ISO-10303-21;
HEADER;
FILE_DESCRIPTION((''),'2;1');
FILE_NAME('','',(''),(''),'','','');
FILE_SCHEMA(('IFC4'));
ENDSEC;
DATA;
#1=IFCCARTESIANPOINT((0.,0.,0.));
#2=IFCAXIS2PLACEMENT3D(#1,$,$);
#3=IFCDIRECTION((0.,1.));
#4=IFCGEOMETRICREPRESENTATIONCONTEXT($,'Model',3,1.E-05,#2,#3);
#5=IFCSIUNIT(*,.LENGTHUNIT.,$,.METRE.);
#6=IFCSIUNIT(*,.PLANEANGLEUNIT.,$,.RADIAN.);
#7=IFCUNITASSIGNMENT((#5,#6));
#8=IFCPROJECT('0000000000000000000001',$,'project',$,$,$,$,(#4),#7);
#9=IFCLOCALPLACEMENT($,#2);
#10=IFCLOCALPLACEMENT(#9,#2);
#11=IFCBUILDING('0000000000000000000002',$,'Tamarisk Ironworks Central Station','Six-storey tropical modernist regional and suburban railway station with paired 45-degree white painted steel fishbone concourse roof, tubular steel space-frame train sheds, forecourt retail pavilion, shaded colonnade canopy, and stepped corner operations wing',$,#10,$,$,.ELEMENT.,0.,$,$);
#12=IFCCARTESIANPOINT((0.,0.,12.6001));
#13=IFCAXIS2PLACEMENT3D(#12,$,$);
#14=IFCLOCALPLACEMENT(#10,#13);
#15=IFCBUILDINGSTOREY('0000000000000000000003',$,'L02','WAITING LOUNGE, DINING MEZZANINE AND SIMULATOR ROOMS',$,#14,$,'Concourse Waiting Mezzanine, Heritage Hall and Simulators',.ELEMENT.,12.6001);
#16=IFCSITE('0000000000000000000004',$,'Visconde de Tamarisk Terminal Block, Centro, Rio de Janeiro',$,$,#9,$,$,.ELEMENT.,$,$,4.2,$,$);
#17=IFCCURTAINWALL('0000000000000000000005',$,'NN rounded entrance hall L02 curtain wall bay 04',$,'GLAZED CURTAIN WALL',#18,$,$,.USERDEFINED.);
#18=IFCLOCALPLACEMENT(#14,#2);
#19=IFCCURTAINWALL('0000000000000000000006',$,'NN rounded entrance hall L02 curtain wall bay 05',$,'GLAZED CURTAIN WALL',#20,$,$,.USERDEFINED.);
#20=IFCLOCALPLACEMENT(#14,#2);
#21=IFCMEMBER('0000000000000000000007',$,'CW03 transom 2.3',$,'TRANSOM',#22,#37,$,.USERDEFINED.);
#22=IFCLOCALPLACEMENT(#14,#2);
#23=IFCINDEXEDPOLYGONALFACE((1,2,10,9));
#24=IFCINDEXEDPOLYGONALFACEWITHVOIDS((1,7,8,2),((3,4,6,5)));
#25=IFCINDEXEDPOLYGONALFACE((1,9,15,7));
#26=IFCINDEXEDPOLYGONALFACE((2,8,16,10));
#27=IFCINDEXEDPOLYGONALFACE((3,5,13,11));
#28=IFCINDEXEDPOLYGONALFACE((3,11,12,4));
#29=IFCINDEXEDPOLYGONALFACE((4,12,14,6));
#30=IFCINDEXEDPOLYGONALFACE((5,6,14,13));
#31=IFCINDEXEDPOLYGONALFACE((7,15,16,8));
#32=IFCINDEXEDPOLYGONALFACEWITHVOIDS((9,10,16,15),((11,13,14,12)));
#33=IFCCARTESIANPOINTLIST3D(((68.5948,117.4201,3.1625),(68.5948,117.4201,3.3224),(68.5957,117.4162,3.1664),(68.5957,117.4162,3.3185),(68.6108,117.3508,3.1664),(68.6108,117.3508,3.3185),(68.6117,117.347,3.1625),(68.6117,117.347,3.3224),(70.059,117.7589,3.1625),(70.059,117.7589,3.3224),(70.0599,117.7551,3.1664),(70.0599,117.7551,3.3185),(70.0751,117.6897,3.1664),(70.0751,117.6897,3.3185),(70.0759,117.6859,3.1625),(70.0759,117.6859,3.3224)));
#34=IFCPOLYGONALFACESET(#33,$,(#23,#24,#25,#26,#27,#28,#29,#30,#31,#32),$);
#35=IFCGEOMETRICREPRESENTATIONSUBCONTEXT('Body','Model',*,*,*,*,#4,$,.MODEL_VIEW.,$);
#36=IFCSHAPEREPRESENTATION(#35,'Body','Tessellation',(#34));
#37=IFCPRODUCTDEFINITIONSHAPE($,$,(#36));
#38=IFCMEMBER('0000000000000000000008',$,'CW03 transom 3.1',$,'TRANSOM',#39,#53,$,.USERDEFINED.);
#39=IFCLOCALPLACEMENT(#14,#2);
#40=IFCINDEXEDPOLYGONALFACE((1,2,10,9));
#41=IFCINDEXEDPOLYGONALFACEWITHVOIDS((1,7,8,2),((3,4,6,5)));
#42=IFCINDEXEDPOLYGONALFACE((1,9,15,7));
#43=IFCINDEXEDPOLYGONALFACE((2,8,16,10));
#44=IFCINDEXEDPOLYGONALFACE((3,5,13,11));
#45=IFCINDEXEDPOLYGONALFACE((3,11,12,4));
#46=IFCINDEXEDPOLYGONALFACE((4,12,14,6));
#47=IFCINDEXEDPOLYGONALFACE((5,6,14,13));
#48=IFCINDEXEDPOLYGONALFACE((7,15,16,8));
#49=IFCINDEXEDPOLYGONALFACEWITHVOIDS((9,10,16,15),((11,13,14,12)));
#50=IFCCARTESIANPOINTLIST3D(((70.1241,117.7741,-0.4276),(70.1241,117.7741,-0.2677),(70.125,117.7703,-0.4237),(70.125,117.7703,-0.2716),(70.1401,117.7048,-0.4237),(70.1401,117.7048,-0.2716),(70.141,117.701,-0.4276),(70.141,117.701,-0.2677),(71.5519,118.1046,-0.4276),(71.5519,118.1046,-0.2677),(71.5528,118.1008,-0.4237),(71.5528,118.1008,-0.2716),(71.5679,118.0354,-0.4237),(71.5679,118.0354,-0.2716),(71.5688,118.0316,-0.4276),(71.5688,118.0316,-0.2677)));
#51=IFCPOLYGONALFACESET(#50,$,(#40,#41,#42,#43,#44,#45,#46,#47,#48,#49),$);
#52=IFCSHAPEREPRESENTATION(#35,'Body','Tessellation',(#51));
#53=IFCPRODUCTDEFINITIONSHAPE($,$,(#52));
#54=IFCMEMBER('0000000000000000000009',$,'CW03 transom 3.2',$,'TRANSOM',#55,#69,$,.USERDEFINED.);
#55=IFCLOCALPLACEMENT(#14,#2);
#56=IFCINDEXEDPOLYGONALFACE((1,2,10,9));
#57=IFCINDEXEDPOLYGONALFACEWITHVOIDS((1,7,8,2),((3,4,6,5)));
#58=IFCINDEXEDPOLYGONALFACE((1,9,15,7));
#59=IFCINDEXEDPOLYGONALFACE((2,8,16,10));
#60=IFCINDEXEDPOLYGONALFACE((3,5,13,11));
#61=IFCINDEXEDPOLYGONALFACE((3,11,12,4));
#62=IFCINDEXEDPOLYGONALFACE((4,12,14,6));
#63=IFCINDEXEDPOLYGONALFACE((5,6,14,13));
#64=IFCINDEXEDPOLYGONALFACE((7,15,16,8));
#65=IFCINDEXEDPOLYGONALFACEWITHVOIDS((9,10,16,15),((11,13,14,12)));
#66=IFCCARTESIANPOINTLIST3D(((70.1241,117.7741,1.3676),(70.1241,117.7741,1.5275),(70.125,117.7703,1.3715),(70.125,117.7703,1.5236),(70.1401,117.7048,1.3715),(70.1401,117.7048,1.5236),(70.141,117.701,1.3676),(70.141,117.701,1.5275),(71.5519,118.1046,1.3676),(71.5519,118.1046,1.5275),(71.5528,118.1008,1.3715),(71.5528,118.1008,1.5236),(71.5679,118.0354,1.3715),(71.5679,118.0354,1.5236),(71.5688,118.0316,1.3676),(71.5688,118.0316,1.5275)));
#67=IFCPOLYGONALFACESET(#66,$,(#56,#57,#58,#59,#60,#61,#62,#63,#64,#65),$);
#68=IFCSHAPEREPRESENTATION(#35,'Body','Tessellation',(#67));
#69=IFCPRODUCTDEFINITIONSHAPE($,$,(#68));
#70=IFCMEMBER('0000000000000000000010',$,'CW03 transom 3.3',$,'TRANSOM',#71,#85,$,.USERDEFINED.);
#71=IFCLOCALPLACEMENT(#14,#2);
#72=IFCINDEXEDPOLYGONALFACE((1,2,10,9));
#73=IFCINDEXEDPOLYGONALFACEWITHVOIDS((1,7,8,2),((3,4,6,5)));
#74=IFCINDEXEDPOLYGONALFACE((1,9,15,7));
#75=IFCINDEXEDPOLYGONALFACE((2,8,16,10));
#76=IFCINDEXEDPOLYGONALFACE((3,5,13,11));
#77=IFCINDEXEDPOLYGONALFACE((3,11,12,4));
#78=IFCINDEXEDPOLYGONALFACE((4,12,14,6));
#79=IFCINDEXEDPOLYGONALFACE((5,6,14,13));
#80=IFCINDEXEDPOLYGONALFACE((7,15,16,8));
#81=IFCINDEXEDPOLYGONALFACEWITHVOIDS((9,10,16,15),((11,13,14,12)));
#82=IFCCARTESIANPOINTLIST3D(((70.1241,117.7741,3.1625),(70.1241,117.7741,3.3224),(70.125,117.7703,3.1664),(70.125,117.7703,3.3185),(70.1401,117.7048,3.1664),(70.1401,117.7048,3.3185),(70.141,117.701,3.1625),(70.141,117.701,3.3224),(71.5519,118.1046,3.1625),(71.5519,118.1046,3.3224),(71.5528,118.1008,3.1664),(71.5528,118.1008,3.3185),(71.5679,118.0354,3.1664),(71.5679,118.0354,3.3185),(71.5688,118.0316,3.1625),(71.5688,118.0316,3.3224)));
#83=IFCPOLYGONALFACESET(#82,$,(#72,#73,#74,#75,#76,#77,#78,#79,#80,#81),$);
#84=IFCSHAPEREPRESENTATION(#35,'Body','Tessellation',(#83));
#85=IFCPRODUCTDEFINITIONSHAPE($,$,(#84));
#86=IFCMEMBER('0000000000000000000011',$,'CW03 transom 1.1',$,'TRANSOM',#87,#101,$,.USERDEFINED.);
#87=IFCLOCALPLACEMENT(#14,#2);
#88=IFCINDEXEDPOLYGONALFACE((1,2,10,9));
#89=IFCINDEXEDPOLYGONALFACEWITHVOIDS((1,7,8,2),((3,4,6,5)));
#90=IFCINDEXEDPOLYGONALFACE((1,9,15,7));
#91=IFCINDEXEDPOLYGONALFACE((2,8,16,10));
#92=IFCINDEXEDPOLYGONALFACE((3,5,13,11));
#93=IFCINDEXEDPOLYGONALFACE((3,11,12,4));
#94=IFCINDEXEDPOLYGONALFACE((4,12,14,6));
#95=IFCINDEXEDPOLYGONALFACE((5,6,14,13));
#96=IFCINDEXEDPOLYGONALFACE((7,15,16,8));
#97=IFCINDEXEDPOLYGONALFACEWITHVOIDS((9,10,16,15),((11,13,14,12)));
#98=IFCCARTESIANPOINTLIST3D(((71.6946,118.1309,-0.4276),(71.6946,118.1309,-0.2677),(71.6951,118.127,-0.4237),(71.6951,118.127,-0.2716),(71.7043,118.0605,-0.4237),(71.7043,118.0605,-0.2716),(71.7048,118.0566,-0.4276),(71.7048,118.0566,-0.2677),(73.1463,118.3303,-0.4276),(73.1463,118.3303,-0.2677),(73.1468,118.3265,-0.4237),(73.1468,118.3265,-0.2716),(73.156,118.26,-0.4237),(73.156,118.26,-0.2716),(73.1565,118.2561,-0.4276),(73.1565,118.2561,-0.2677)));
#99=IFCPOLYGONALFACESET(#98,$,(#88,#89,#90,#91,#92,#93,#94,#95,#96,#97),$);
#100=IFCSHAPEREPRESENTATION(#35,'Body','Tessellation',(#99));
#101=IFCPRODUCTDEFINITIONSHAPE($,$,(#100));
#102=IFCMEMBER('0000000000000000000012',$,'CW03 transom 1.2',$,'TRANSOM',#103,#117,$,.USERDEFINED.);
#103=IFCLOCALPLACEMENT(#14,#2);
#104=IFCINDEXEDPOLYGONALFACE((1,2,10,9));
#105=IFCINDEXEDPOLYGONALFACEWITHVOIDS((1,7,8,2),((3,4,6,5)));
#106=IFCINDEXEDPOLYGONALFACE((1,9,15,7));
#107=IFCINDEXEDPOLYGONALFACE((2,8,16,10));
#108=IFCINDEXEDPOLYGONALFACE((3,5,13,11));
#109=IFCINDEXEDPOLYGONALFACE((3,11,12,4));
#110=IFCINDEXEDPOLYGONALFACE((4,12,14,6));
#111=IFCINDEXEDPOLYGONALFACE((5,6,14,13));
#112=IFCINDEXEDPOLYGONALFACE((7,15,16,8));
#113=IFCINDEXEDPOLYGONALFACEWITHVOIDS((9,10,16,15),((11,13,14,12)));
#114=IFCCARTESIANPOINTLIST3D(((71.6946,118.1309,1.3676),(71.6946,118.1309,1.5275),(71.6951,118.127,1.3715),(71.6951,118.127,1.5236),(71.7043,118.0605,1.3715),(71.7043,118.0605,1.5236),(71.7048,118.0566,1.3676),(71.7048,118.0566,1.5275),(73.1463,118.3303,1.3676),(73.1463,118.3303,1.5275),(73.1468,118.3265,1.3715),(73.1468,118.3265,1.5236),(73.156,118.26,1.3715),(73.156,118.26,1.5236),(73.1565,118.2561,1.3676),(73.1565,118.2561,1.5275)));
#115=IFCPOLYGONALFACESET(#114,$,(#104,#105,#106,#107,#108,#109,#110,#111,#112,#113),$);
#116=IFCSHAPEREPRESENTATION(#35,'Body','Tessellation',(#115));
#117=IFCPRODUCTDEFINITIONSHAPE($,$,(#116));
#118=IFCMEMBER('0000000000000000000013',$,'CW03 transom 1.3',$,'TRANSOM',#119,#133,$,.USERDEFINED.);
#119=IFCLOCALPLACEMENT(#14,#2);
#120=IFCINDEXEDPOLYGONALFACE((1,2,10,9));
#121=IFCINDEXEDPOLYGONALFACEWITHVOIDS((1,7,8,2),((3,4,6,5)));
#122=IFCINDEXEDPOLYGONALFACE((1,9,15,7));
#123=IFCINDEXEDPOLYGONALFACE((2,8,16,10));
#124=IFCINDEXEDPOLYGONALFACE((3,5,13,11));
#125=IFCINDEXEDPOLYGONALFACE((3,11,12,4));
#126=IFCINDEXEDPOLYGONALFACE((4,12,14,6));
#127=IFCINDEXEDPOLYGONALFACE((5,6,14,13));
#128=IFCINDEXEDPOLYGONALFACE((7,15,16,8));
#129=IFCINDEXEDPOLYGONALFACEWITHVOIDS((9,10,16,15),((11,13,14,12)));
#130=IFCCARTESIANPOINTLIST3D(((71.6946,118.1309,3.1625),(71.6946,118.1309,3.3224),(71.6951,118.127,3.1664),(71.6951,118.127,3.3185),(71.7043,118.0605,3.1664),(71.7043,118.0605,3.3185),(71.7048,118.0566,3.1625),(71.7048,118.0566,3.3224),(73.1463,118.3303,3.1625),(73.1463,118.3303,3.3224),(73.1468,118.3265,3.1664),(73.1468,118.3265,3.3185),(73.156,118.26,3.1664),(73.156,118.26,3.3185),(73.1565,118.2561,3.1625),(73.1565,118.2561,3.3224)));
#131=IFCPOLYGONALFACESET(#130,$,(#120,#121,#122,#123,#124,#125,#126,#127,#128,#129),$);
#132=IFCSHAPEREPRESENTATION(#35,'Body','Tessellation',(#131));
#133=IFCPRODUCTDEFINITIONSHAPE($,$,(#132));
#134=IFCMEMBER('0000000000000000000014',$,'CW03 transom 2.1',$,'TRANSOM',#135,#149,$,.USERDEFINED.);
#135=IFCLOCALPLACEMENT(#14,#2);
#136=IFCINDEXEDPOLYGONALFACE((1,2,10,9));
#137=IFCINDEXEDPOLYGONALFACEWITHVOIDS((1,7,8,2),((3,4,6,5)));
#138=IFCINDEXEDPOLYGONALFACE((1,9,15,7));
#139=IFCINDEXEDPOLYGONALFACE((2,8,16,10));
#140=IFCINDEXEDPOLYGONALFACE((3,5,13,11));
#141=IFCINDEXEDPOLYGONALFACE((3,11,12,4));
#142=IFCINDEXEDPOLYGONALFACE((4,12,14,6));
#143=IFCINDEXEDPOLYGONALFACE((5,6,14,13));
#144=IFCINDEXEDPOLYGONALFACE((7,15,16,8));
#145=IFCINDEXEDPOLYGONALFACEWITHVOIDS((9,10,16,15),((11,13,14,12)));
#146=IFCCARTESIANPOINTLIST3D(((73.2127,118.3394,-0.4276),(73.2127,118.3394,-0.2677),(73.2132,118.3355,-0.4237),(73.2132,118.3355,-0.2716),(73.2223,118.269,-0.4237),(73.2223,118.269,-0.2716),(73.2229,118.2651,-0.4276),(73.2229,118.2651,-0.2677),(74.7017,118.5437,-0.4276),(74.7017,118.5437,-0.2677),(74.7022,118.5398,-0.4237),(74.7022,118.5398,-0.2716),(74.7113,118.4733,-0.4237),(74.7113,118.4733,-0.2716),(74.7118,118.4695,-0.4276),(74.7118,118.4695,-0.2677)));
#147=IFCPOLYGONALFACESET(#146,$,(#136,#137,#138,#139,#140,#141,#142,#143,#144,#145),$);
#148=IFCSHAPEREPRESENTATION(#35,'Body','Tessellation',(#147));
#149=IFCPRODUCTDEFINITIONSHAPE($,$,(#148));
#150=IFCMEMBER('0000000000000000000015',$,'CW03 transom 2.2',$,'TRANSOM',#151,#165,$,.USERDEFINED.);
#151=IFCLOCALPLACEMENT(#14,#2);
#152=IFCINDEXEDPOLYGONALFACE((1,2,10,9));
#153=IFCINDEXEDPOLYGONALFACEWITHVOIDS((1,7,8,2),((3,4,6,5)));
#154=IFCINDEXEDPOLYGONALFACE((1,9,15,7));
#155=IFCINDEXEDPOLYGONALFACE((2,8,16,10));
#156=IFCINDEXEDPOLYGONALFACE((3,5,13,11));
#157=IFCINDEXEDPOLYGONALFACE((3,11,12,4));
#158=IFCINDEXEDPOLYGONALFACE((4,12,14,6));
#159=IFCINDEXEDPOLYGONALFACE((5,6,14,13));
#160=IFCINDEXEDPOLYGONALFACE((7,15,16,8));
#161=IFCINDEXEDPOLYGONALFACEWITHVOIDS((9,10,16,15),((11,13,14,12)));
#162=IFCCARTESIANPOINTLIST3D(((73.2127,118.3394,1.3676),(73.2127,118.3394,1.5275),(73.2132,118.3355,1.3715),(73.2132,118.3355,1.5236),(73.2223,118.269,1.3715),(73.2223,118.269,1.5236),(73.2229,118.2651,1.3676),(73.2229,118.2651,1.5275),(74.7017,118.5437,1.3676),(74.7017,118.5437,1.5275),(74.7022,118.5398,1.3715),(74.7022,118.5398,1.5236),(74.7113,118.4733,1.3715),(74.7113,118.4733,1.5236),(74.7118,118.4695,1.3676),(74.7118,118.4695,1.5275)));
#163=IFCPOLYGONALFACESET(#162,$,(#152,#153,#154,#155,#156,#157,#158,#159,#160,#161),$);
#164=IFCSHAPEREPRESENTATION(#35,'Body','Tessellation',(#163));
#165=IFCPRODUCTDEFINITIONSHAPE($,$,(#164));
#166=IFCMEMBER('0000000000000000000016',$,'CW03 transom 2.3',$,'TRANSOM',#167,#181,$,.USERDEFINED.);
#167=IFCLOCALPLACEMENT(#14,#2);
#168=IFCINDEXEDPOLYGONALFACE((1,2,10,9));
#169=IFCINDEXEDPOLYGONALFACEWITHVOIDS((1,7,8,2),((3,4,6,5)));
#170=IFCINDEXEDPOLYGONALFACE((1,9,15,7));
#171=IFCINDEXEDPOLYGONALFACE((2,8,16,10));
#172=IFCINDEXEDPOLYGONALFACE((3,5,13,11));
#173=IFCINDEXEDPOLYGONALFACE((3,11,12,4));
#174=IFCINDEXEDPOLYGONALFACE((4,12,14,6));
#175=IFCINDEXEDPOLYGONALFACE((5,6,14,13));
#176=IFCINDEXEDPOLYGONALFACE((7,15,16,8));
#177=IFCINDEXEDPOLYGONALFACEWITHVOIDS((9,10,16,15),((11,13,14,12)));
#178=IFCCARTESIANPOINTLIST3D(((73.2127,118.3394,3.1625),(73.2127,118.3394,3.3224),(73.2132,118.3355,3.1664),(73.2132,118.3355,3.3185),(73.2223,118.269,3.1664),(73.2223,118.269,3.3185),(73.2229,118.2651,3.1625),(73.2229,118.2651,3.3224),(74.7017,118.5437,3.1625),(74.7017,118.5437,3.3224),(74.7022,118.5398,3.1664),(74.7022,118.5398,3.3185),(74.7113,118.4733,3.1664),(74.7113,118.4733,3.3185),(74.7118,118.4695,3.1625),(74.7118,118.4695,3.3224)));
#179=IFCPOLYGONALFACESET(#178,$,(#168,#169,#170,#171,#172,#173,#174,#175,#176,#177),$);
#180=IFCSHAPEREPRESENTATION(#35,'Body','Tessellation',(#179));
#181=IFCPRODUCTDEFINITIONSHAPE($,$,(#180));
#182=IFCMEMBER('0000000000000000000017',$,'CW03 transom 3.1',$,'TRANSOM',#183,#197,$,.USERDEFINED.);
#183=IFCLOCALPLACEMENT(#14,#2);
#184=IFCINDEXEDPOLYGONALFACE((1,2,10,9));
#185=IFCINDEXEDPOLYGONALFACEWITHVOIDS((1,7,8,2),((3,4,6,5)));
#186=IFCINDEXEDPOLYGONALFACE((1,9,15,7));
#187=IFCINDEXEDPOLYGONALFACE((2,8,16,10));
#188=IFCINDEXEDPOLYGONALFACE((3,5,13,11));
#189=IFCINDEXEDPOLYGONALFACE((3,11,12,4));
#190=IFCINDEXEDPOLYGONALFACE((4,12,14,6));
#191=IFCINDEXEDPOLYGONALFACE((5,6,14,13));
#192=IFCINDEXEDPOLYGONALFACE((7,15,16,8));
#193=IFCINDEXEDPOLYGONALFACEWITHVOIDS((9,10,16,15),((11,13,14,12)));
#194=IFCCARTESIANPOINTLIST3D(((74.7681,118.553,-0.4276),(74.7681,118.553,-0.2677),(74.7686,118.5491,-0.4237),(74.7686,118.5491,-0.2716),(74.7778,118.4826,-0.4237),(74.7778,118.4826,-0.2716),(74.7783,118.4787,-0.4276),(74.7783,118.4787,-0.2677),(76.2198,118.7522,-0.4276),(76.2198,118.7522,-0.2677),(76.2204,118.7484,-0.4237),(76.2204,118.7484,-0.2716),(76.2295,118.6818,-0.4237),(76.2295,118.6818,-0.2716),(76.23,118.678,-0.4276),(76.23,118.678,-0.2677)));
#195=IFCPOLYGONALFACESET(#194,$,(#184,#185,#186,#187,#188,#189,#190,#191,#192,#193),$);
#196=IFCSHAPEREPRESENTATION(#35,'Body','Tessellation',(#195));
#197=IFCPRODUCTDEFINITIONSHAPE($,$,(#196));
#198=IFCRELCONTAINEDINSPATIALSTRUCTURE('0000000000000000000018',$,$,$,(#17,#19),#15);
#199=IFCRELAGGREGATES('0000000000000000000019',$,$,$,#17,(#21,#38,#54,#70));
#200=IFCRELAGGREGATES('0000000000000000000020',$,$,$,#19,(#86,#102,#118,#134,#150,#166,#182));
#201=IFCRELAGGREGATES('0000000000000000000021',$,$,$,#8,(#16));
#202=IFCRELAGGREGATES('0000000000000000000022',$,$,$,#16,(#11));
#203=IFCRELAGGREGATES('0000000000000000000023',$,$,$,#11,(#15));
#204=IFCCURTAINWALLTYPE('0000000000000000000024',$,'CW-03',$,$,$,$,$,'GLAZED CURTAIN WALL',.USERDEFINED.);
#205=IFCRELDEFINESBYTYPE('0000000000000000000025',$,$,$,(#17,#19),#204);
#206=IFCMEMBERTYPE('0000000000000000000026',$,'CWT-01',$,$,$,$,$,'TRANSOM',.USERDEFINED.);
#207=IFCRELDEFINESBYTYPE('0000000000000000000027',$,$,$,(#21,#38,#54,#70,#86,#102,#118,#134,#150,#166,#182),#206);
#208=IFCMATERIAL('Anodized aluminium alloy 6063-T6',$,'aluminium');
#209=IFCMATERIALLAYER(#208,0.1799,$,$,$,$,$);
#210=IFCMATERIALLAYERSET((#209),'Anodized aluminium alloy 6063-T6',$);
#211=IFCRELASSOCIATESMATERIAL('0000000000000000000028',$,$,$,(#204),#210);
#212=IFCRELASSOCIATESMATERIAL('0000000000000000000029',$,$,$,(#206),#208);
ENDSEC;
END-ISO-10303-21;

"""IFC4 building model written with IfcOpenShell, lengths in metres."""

from ifc_helpers import new_model, si_unit, direction, frame, origin, origin_2d, place, context, subcontext, project, spatial, hollow_rectangle, extrude, material, layer, layer_set, material_profile, profile_set, type_object, element, aggregate, save


model = new_model("IFC4")

# Units and contexts
model_context = context("Model", 3, precision=1e-05, world=origin(), true_north=direction((0.0, 1.0)))
body_context = subcontext(model_context, "Body", "Model", "MODEL_VIEW")
ifc_project = project(units=[si_unit("LENGTHUNIT", "METRE"), si_unit("PLANEANGLEUNIT", "RADIAN")], contexts=[model_context])

# Site, building, storey
site_placement = place(None, origin())
site = spatial("IfcSite", under=ifc_project, at=site_placement, Name="Visconde de Tamarisk Terminal Block, Centro, Rio de Janeiro", CompositionType="ELEMENT", RefElevation=4.2)
building_placement = place(site_placement, origin())
building = spatial("IfcBuilding", under=site, at=building_placement, Name="Tamarisk Ironworks Central Station", Description="Six-storey tropical modernist regional and suburban railway station with paired 45-degree white painted steel fishbone concourse roof, tubular steel space-frame train sheds, forecourt retail pavilion, shaded colonnade canopy, and stepped corner operations wing", CompositionType="ELEMENT", ElevationOfRefHeight=0.0)
storey_placement = place(building_placement, frame((0.0, 0.0, 12.6001)))
storey = spatial("IfcBuildingStorey", under=building, at=storey_placement, Name="L02", Description="WAITING LOUNGE, DINING MEZZANINE AND SIMULATOR ROOMS", LongName="Concourse Waiting Mezzanine, Heritage Hall and Simulators", CompositionType="ELEMENT", Elevation=12.6001)

# Curtain walls
ifc_material_1 = material(Name="Anodized aluminium alloy 6063-T6", Category="aluminium")
ifc_layer_1 = layer(ifc_material_1, 0.1799)
ifc_layer_set_1 = layer_set([ifc_layer_1], Name="Anodized aluminium alloy 6063-T6")
curtain_wall_type = type_object("IfcCurtainWallType", Name="CW-03", ElementType="GLAZED CURTAIN WALL", PredefinedType="USERDEFINED", material=ifc_layer_set_1)
curtain_wall_1_placement = place(storey_placement, origin())
curtain_wall_1 = element("IfcCurtainWall", 1, at=curtain_wall_1_placement, inside=storey, type_object=curtain_wall_type, Name="NN rounded entrance hall L02 curtain wall bay 04", ObjectType="GLAZED CURTAIN WALL", PredefinedType="USERDEFINED")
curtain_wall_2_placement = place(storey_placement, origin())
curtain_wall_2 = element("IfcCurtainWall", 2, at=curtain_wall_2_placement, inside=storey, type_object=curtain_wall_type, Name="NN rounded entrance hall L02 curtain wall bay 05", ObjectType="GLAZED CURTAIN WALL", PredefinedType="USERDEFINED")

# Members
ifc_material_profile_1 = material_profile(ifc_material_1, hollow_rectangle(XDim=0.075, YDim=0.1599, WallThickness=0.0039, at=origin_2d()), Name="ALUM 160x75")
ifc_profile_set_1 = profile_set([ifc_material_profile_1], Name="Anodized aluminium alloy 6063-T6")
member_type_1 = type_object("IfcMemberType", Name="CWT-01", ElementType="TRANSOM", PredefinedType="USERDEFINED", material=ifc_profile_set_1)
member_1_placement = place(storey_placement, frame((68.6033, 117.3835, 3.2424), z_axis=(0.974246, 0.225488, 0.0), x_axis=(-0.225488, 0.974246, 0.0)))
member_1 = element("IfcMember", 3, at=member_1_placement, type_object=member_type_1, Name="CW03 transom 2.3", ObjectType="TRANSOM", PredefinedType="USERDEFINED", context=body_context, shape_type="SweptSolid", body=[
    extrude(hollow_rectangle(XDim=0.075, YDim=0.1599, WallThickness=0.0039, at=origin_2d()), origin(), (0.0, 0.0, 1.0), 1.5029),
])
member_2_placement = place(storey_placement, frame((70.1326, 117.7375, -0.3477), z_axis=(0.974228, 0.225565, 0.0), x_axis=(-0.225565, 0.974228, 0.0)))
member_2 = element("IfcMember", 4, at=member_2_placement, type_object=member_type_1, Name="CW03 transom 3.1", ObjectType="TRANSOM", PredefinedType="USERDEFINED", context=body_context, shape_type="SweptSolid", body=[
    extrude(hollow_rectangle(XDim=0.075, YDim=0.1599, WallThickness=0.0039, at=origin_2d()), origin(), (0.0, 0.0, 1.0), 1.4656),
])
member_3_placement = place(storey_placement, frame((70.1326, 117.7375, 1.4475), z_axis=(0.974228, 0.225565, 0.0), x_axis=(-0.225565, 0.974228, 0.0)))
member_3 = element("IfcMember", 5, at=member_3_placement, type_object=member_type_1, Name="CW03 transom 3.2", ObjectType="TRANSOM", PredefinedType="USERDEFINED", context=body_context, shape_type="SweptSolid", body=[
    extrude(hollow_rectangle(XDim=0.075, YDim=0.1599, WallThickness=0.0039, at=origin_2d()), origin(), (0.0, 0.0, 1.0), 1.4656),
])
member_4_placement = place(storey_placement, frame((70.1326, 117.7375, 3.2424), z_axis=(0.974228, 0.225565, 0.0), x_axis=(-0.225565, 0.974228, 0.0)))
member_4 = element("IfcMember", 6, at=member_4_placement, type_object=member_type_1, Name="CW03 transom 3.3", ObjectType="TRANSOM", PredefinedType="USERDEFINED", context=body_context, shape_type="SweptSolid", body=[
    extrude(hollow_rectangle(XDim=0.075, YDim=0.1599, WallThickness=0.0039, at=origin_2d()), origin(), (0.0, 0.0, 1.0), 1.4656),
])
member_5_placement = place(storey_placement, frame((71.6997, 118.0938, -0.3477), z_axis=(0.990692, 0.136124, 0.0), x_axis=(-0.136124, 0.990692, 0.0)))
member_5 = element("IfcMember", 7, at=member_5_placement, type_object=member_type_1, Name="CW03 transom 1.1", ObjectType="TRANSOM", PredefinedType="USERDEFINED", context=body_context, shape_type="SweptSolid", body=[
    extrude(hollow_rectangle(XDim=0.075, YDim=0.1599, WallThickness=0.0039, at=origin_2d()), origin(), (0.0, 0.0, 1.0), 1.4653),
])
member_6_placement = place(storey_placement, frame((71.6997, 118.0938, 1.4475), z_axis=(0.990692, 0.136124, 0.0), x_axis=(-0.136124, 0.990692, 0.0)))
member_6 = element("IfcMember", 8, at=member_6_placement, type_object=member_type_1, Name="CW03 transom 1.2", ObjectType="TRANSOM", PredefinedType="USERDEFINED", context=body_context, shape_type="SweptSolid", body=[
    extrude(hollow_rectangle(XDim=0.075, YDim=0.1599, WallThickness=0.0039, at=origin_2d()), origin(), (0.0, 0.0, 1.0), 1.4653),
])
member_7_placement = place(storey_placement, frame((71.6997, 118.0938, 3.2424), z_axis=(0.990692, 0.136124, 0.0), x_axis=(-0.136124, 0.990692, 0.0)))
member_7 = element("IfcMember", 9, at=member_7_placement, type_object=member_type_1, Name="CW03 transom 1.3", ObjectType="TRANSOM", PredefinedType="USERDEFINED", context=body_context, shape_type="SweptSolid", body=[
    extrude(hollow_rectangle(XDim=0.075, YDim=0.1599, WallThickness=0.0039, at=origin_2d()), origin(), (0.0, 0.0, 1.0), 1.4653),
])
member_8_placement = place(storey_placement, frame((73.2178, 118.3022, -0.3477), z_axis=(0.990714, 0.135961, 0.0), x_axis=(-0.135961, 0.990714, 0.0)))
member_8 = element("IfcMember", 10, at=member_8_placement, type_object=member_type_1, Name="CW03 transom 2.1", ObjectType="TRANSOM", PredefinedType="USERDEFINED", context=body_context, shape_type="SweptSolid", body=[
    extrude(hollow_rectangle(XDim=0.075, YDim=0.1599, WallThickness=0.0039, at=origin_2d()), origin(), (0.0, 0.0, 1.0), 1.5029),
])
member_9_placement = place(storey_placement, frame((73.2178, 118.3022, 1.4475), z_axis=(0.990714, 0.135961, 0.0), x_axis=(-0.135961, 0.990714, 0.0)))
member_9 = element("IfcMember", 11, at=member_9_placement, type_object=member_type_1, Name="CW03 transom 2.2", ObjectType="TRANSOM", PredefinedType="USERDEFINED", context=body_context, shape_type="SweptSolid", body=[
    extrude(hollow_rectangle(XDim=0.075, YDim=0.1599, WallThickness=0.0039, at=origin_2d()), origin(), (0.0, 0.0, 1.0), 1.5029),
])
member_10_placement = place(storey_placement, frame((73.2178, 118.3022, 3.2424), z_axis=(0.990714, 0.135961, 0.0), x_axis=(-0.135961, 0.990714, 0.0)))
member_10 = element("IfcMember", 12, at=member_10_placement, type_object=member_type_1, Name="CW03 transom 2.3", ObjectType="TRANSOM", PredefinedType="USERDEFINED", context=body_context, shape_type="SweptSolid", body=[
    extrude(hollow_rectangle(XDim=0.075, YDim=0.1599, WallThickness=0.0039, at=origin_2d()), origin(), (0.0, 0.0, 1.0), 1.5029),
])
member_11_placement = place(storey_placement, frame((74.7732, 118.5159, -0.3477), z_axis=(0.990714, 0.135961, 0.0), x_axis=(-0.135961, 0.990714, 0.0)))
member_11 = element("IfcMember", 13, at=member_11_placement, type_object=member_type_1, Name="CW03 transom 3.1", ObjectType="TRANSOM", PredefinedType="USERDEFINED", context=body_context, shape_type="SweptSolid", body=[
    extrude(hollow_rectangle(XDim=0.075, YDim=0.1599, WallThickness=0.0039, at=origin_2d()), origin(), (0.0, 0.0, 1.0), 1.4653),
])

aggregate(curtain_wall_1, [member_1, member_2, member_3, member_4])
aggregate(curtain_wall_2, [member_5, member_6, member_7, member_8, member_9, member_10, member_11])

save(model, "model.ifc")
